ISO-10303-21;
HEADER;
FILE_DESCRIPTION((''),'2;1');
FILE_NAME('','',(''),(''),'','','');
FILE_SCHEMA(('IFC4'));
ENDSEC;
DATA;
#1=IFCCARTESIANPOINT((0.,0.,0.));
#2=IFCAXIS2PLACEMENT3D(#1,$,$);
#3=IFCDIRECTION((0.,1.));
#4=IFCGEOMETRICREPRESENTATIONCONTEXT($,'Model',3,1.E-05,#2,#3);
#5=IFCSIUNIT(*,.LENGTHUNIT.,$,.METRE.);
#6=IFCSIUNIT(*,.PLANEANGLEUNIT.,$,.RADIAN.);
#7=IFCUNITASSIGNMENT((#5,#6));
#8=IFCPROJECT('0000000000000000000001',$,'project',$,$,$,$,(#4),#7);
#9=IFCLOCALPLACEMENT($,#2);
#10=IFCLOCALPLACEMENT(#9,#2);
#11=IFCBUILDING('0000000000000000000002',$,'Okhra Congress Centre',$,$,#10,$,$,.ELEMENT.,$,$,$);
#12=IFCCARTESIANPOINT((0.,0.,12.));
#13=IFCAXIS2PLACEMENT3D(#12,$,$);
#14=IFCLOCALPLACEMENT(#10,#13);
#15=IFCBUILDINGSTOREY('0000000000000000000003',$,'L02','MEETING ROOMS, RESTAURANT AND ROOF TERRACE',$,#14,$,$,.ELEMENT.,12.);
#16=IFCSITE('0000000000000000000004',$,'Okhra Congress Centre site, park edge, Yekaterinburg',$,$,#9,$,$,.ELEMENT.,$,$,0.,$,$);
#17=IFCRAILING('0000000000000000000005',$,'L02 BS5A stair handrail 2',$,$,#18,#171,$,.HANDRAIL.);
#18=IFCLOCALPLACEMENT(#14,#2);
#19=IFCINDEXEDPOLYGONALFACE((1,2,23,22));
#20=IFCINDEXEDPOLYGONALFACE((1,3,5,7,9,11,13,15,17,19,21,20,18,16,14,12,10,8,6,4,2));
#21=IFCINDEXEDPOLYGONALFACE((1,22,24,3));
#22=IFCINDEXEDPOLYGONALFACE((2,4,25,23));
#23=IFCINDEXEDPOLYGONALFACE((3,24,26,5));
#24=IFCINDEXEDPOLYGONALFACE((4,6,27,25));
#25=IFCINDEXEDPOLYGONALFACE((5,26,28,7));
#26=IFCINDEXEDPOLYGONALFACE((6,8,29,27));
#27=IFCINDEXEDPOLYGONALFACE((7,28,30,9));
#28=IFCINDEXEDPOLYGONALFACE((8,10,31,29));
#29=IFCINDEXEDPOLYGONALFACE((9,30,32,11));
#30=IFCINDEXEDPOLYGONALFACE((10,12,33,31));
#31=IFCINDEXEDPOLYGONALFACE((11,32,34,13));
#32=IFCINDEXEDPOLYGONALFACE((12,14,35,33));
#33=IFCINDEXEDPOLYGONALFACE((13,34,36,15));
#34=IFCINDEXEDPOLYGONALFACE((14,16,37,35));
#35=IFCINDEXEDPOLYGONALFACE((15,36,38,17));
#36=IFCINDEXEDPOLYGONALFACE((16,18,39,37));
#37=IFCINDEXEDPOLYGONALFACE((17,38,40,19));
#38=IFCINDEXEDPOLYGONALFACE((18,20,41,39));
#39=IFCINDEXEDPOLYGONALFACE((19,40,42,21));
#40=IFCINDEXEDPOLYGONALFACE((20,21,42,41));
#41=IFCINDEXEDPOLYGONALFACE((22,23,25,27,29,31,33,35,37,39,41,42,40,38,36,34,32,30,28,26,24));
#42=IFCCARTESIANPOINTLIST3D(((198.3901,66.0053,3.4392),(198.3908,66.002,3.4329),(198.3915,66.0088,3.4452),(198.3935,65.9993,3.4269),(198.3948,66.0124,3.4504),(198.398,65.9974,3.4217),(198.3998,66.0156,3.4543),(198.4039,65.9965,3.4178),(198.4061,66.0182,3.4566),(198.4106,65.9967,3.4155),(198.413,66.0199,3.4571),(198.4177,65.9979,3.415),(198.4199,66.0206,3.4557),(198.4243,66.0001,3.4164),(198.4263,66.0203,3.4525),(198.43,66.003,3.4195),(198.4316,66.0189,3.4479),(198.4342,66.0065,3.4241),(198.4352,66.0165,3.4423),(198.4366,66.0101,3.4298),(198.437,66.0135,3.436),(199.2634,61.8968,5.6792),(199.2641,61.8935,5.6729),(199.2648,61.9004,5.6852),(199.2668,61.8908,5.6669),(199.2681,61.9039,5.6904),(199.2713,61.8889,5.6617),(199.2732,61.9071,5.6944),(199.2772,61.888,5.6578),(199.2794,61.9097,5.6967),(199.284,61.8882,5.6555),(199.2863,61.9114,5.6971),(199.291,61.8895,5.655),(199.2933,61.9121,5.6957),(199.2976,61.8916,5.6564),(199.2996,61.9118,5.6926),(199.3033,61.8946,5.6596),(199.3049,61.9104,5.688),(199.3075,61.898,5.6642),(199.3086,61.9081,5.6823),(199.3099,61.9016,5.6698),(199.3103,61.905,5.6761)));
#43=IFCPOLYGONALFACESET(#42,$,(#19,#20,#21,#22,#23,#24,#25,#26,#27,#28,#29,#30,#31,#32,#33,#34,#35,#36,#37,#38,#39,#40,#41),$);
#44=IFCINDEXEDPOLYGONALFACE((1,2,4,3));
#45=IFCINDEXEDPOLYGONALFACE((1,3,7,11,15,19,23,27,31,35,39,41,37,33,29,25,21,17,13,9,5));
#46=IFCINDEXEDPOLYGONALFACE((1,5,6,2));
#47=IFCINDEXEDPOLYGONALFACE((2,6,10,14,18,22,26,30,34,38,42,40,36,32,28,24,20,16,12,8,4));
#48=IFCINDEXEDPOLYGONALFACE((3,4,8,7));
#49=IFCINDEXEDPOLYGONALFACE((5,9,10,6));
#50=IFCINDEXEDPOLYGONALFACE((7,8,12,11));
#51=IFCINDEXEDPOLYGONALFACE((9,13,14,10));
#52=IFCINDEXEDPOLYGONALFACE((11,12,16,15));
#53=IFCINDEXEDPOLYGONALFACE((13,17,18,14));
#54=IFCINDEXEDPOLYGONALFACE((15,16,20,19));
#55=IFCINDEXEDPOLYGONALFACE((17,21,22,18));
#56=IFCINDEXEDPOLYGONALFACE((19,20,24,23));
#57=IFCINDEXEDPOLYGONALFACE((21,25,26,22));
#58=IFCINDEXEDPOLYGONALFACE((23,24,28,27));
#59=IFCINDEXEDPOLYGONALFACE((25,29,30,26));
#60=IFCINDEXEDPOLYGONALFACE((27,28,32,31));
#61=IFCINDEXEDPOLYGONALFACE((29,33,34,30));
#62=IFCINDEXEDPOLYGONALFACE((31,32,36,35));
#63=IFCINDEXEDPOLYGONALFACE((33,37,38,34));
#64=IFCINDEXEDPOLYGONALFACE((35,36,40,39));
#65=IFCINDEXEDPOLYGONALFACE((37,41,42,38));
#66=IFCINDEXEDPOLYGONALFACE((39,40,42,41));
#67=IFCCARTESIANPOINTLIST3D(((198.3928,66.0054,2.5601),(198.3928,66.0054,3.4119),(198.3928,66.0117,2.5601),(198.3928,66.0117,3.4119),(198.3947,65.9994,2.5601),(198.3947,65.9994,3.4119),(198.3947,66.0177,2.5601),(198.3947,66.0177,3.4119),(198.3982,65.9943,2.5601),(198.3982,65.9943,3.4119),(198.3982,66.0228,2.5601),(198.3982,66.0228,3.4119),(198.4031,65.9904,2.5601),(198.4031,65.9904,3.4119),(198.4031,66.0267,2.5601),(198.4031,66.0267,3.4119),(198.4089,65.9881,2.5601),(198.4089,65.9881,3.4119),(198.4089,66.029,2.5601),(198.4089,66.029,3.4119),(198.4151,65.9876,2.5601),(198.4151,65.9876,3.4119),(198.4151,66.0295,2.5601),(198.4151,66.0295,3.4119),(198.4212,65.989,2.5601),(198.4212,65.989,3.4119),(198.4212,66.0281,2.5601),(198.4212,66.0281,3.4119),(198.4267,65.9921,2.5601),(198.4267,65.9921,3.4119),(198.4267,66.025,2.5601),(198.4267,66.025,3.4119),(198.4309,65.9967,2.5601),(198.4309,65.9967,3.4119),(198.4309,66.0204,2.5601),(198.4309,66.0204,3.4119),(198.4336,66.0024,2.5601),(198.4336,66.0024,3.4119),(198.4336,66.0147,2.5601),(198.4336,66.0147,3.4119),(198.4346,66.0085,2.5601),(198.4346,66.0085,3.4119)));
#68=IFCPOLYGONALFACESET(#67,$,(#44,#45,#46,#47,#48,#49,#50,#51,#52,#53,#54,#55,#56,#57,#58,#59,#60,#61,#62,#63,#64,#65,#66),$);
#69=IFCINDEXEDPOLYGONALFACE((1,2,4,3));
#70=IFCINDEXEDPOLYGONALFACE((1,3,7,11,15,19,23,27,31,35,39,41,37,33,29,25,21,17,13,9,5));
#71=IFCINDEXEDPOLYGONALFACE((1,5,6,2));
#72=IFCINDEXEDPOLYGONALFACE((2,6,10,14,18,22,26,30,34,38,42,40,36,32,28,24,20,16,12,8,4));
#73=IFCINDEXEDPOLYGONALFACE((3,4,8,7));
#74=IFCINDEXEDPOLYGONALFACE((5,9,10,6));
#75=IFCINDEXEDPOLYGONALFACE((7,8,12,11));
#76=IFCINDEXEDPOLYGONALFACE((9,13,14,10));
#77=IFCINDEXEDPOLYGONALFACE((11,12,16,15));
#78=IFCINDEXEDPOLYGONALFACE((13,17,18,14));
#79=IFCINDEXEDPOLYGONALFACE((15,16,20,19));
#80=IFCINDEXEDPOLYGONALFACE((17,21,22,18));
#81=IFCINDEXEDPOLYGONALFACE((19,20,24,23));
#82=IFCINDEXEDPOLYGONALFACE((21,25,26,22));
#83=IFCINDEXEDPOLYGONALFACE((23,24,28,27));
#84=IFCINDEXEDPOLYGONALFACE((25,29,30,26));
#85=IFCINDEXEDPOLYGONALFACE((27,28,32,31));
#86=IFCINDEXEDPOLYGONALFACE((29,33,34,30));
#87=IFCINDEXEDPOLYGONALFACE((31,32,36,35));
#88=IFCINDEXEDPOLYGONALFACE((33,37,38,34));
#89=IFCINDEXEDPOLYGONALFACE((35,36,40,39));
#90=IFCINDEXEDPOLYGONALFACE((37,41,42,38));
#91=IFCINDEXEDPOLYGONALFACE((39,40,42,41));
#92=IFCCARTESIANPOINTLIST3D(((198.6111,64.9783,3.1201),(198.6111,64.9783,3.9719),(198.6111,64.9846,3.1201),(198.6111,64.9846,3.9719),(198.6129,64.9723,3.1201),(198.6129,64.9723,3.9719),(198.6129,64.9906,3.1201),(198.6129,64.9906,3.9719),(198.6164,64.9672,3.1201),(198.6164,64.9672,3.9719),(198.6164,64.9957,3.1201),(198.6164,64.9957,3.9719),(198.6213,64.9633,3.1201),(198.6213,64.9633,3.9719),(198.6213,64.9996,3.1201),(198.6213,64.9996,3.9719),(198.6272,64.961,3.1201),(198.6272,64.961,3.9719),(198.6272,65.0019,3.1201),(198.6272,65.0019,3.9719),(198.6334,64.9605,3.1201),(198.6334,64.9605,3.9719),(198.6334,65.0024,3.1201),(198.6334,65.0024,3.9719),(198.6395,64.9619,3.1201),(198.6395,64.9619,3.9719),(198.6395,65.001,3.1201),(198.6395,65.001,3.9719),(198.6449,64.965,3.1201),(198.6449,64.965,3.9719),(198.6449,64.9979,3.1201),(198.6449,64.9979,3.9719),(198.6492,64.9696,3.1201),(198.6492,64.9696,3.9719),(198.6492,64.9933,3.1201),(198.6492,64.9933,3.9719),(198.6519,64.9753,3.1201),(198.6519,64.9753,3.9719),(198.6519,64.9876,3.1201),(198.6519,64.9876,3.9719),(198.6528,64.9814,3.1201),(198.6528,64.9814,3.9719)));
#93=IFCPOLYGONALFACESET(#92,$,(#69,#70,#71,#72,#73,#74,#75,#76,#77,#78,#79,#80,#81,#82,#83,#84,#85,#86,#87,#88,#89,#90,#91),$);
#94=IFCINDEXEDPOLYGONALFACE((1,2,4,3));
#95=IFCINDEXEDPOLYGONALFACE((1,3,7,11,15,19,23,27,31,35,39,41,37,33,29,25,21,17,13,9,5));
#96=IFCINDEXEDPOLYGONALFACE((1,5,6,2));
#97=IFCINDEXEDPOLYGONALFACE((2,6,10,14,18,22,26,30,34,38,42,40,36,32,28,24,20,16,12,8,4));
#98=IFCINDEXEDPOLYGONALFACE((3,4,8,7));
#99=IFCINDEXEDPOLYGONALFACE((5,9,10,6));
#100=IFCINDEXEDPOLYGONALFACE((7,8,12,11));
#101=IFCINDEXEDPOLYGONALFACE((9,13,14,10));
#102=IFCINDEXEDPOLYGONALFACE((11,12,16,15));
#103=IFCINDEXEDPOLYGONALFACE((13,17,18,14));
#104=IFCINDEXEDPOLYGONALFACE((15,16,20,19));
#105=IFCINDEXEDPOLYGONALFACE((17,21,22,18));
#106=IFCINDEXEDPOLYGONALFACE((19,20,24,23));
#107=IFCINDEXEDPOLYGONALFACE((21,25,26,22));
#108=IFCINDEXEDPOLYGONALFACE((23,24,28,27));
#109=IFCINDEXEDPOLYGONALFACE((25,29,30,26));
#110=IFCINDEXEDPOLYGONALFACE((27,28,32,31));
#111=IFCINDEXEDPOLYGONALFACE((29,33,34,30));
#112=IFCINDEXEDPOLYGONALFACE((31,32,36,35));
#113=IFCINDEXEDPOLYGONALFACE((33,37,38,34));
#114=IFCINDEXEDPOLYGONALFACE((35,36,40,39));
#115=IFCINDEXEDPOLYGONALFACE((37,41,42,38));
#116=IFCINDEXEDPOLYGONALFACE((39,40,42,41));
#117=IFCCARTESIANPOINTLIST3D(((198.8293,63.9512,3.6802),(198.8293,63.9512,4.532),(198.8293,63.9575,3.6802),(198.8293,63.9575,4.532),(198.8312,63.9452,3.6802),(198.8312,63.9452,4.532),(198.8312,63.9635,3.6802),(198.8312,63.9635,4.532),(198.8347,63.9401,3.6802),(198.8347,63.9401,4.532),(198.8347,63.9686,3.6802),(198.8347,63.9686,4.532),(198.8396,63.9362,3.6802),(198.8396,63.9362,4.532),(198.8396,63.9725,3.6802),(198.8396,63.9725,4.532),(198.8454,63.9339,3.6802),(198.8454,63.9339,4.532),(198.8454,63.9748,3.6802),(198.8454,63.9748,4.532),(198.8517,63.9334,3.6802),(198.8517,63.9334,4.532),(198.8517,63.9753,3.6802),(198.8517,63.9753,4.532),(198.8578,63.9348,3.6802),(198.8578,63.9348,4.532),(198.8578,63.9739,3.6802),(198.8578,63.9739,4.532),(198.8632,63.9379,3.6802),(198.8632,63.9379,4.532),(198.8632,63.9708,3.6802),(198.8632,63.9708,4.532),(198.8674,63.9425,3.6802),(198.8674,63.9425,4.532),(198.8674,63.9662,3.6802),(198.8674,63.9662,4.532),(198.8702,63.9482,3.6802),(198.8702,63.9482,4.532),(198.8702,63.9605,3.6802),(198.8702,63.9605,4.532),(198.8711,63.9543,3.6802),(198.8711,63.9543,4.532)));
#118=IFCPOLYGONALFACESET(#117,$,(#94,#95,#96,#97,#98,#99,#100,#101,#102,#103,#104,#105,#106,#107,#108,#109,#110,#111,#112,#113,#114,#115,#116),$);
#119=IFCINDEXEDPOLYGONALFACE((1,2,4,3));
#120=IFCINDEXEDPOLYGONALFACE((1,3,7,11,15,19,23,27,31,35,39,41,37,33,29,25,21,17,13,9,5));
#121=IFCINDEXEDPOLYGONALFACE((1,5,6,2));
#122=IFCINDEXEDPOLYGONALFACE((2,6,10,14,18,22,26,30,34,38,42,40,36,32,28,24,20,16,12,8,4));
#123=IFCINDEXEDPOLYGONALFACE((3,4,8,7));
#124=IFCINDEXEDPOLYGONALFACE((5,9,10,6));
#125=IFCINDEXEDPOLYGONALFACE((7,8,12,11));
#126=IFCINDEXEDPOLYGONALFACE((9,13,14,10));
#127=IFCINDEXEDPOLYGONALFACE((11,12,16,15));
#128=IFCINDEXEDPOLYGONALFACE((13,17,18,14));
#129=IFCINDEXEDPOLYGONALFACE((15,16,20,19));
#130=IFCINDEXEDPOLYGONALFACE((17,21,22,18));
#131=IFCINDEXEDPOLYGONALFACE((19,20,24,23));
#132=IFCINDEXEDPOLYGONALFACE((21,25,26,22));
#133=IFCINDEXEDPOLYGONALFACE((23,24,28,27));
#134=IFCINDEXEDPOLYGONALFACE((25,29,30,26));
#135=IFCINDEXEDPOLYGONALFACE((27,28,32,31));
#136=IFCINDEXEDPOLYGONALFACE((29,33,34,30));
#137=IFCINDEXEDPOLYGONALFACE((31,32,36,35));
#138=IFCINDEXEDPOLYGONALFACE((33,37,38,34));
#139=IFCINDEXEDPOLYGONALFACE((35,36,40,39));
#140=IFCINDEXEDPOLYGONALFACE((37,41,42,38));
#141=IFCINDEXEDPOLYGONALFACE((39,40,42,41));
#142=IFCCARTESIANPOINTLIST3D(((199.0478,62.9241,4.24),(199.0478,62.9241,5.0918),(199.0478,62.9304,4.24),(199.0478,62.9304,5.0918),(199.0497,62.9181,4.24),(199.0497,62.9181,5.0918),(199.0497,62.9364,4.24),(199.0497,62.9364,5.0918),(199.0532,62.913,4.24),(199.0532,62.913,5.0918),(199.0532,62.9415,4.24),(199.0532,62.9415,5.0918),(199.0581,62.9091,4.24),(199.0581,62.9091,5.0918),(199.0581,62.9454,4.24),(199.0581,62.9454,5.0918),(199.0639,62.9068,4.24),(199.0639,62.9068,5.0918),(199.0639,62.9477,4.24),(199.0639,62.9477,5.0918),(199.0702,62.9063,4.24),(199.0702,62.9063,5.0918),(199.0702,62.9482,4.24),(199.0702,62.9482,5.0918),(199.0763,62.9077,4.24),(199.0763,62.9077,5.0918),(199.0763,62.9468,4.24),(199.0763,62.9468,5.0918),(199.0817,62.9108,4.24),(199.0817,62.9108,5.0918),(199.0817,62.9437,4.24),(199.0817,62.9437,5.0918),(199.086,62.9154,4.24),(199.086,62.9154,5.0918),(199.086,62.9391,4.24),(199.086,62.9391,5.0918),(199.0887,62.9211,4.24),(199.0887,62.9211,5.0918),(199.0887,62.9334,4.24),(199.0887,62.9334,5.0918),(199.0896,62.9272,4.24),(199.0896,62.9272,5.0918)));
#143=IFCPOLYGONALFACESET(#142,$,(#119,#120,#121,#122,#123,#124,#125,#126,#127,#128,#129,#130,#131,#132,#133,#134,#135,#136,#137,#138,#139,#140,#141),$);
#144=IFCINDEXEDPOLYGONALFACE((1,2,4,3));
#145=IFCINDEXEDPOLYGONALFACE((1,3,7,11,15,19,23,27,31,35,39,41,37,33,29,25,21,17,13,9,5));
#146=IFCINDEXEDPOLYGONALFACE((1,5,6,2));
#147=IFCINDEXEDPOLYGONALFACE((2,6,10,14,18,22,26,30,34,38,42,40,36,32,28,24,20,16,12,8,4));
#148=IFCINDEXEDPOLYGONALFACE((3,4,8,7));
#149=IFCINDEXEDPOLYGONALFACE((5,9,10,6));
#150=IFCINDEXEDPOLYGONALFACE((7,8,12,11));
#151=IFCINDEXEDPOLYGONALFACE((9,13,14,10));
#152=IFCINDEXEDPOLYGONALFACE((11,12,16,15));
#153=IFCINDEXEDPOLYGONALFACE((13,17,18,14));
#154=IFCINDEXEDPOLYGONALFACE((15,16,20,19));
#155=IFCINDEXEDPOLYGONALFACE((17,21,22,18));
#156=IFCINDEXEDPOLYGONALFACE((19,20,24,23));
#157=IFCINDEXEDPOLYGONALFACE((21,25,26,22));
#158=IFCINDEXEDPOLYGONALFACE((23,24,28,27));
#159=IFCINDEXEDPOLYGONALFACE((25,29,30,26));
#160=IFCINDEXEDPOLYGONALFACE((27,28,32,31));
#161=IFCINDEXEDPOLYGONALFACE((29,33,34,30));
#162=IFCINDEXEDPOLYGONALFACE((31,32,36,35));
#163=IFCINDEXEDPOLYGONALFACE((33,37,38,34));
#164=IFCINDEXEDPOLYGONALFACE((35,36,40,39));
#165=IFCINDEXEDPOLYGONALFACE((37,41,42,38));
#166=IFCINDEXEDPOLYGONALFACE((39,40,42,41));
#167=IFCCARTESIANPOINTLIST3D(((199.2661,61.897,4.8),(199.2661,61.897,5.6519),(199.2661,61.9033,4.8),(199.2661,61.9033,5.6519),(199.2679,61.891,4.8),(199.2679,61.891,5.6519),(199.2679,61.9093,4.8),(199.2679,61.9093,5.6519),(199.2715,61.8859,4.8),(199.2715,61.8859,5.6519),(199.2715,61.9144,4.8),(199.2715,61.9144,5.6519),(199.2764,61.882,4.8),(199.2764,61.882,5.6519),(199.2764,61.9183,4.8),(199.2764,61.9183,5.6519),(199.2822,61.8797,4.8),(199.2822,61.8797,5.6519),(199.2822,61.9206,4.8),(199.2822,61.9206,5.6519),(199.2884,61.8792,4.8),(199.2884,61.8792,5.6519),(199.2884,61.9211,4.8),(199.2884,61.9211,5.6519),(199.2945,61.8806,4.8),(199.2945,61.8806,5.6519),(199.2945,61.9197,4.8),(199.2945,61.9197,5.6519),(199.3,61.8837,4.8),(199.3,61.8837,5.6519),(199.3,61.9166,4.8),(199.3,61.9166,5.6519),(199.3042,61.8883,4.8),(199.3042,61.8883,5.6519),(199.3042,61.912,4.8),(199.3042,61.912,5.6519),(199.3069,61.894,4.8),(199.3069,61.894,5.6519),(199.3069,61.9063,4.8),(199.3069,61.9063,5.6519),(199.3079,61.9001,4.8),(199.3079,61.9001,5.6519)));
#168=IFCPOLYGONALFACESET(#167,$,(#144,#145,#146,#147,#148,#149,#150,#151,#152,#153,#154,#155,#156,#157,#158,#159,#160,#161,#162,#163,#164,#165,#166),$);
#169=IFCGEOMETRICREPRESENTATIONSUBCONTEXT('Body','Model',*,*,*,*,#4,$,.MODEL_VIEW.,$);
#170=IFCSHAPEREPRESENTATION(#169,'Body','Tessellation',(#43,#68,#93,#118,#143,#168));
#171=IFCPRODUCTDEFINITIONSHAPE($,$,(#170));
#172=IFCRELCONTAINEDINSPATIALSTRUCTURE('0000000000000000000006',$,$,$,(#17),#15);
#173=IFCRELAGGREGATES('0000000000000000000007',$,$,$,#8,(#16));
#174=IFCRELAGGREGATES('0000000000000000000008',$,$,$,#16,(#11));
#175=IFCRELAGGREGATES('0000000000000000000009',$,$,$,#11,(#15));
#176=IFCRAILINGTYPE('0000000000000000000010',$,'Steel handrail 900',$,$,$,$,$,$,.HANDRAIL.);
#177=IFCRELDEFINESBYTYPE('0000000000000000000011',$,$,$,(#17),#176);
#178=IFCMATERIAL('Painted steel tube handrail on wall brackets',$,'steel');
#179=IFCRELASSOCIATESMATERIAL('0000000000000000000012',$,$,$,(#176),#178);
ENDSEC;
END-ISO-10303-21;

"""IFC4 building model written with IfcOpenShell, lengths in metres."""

from ifc_helpers import new_model, si_unit, direction, frame, origin, origin_2d, place, context, subcontext, project, spatial, circle, extrude, material, type_object, element, save


model = new_model("IFC4")

# Units and contexts
model_context = context("Model", 3, precision=1e-05, world=origin(), true_north=direction((0.0, 1.0)))
body_context = subcontext(model_context, "Body", "Model", "MODEL_VIEW")
ifc_project = project(units=[si_unit("LENGTHUNIT", "METRE"), si_unit("PLANEANGLEUNIT", "RADIAN")], contexts=[model_context])

# Site, building, storey
site_placement = place(None, origin())
site = spatial("IfcSite", under=ifc_project, at=site_placement, Name="Okhra Congress Centre site, park edge, Yekaterinburg", CompositionType="ELEMENT", RefElevation=0.0)
building_placement = place(site_placement, origin())
building = spatial("IfcBuilding", under=site, at=building_placement, Name="Okhra Congress Centre", CompositionType="ELEMENT")
storey_placement = place(building_placement, frame((0.0, 0.0, 12.0)))
storey = spatial("IfcBuildingStorey", under=building, at=storey_placement, Name="L02", Description="MEETING ROOMS, RESTAURANT AND ROOF TERRACE", CompositionType="ELEMENT", Elevation=12.0)

# Railing
ifc_material_1 = material(Name="Painted steel tube handrail on wall brackets", Category="steel")
railing_type_1 = type_object("IfcRailingType", Name="Steel handrail 900", PredefinedType="HANDRAIL", material=ifc_material_1)
railing_1_placement = place(storey_placement, frame((198.4136, 66.0085, 2.5601)))
element("IfcRailing", 1, at=railing_1_placement, inside=storey, type_object=railing_type_1, Name="L02 BS5A stair handrail 2", PredefinedType="HANDRAIL", context=body_context, shape_type="SweptSolid", body=[
    extrude(circle(Radius=0.0239, at=origin_2d()), frame((0.0, 0.0, 0.876), z_axis=(0.183458, -0.86308, 0.47057), x_axis=(0.978146, 0.207917, 0.0)), (0.0, 0.0, 1.0), 4.7603),
    extrude(circle(Radius=0.021, at=origin_2d()), origin(), (0.0, 0.0, 1.0), 0.8518),
    extrude(circle(Radius=0.021, at=origin_2d()), frame((0.2183, -1.0271, 0.5601)), (0.0, 0.0, 1.0), 0.8518),
    extrude(circle(Radius=0.021, at=origin_2d()), frame((0.4365, -2.0542, 1.1201)), (0.0, 0.0, 1.0), 0.8518),
    extrude(circle(Radius=0.021, at=origin_2d()), frame((0.655, -3.0813, 1.6799)), (0.0, 0.0, 1.0), 0.8518),
    extrude(circle(Radius=0.021, at=origin_2d()), frame((0.8733, -4.1084, 2.24)), (0.0, 0.0, 1.0), 0.8518),
])

save(model, "model.ifc")
